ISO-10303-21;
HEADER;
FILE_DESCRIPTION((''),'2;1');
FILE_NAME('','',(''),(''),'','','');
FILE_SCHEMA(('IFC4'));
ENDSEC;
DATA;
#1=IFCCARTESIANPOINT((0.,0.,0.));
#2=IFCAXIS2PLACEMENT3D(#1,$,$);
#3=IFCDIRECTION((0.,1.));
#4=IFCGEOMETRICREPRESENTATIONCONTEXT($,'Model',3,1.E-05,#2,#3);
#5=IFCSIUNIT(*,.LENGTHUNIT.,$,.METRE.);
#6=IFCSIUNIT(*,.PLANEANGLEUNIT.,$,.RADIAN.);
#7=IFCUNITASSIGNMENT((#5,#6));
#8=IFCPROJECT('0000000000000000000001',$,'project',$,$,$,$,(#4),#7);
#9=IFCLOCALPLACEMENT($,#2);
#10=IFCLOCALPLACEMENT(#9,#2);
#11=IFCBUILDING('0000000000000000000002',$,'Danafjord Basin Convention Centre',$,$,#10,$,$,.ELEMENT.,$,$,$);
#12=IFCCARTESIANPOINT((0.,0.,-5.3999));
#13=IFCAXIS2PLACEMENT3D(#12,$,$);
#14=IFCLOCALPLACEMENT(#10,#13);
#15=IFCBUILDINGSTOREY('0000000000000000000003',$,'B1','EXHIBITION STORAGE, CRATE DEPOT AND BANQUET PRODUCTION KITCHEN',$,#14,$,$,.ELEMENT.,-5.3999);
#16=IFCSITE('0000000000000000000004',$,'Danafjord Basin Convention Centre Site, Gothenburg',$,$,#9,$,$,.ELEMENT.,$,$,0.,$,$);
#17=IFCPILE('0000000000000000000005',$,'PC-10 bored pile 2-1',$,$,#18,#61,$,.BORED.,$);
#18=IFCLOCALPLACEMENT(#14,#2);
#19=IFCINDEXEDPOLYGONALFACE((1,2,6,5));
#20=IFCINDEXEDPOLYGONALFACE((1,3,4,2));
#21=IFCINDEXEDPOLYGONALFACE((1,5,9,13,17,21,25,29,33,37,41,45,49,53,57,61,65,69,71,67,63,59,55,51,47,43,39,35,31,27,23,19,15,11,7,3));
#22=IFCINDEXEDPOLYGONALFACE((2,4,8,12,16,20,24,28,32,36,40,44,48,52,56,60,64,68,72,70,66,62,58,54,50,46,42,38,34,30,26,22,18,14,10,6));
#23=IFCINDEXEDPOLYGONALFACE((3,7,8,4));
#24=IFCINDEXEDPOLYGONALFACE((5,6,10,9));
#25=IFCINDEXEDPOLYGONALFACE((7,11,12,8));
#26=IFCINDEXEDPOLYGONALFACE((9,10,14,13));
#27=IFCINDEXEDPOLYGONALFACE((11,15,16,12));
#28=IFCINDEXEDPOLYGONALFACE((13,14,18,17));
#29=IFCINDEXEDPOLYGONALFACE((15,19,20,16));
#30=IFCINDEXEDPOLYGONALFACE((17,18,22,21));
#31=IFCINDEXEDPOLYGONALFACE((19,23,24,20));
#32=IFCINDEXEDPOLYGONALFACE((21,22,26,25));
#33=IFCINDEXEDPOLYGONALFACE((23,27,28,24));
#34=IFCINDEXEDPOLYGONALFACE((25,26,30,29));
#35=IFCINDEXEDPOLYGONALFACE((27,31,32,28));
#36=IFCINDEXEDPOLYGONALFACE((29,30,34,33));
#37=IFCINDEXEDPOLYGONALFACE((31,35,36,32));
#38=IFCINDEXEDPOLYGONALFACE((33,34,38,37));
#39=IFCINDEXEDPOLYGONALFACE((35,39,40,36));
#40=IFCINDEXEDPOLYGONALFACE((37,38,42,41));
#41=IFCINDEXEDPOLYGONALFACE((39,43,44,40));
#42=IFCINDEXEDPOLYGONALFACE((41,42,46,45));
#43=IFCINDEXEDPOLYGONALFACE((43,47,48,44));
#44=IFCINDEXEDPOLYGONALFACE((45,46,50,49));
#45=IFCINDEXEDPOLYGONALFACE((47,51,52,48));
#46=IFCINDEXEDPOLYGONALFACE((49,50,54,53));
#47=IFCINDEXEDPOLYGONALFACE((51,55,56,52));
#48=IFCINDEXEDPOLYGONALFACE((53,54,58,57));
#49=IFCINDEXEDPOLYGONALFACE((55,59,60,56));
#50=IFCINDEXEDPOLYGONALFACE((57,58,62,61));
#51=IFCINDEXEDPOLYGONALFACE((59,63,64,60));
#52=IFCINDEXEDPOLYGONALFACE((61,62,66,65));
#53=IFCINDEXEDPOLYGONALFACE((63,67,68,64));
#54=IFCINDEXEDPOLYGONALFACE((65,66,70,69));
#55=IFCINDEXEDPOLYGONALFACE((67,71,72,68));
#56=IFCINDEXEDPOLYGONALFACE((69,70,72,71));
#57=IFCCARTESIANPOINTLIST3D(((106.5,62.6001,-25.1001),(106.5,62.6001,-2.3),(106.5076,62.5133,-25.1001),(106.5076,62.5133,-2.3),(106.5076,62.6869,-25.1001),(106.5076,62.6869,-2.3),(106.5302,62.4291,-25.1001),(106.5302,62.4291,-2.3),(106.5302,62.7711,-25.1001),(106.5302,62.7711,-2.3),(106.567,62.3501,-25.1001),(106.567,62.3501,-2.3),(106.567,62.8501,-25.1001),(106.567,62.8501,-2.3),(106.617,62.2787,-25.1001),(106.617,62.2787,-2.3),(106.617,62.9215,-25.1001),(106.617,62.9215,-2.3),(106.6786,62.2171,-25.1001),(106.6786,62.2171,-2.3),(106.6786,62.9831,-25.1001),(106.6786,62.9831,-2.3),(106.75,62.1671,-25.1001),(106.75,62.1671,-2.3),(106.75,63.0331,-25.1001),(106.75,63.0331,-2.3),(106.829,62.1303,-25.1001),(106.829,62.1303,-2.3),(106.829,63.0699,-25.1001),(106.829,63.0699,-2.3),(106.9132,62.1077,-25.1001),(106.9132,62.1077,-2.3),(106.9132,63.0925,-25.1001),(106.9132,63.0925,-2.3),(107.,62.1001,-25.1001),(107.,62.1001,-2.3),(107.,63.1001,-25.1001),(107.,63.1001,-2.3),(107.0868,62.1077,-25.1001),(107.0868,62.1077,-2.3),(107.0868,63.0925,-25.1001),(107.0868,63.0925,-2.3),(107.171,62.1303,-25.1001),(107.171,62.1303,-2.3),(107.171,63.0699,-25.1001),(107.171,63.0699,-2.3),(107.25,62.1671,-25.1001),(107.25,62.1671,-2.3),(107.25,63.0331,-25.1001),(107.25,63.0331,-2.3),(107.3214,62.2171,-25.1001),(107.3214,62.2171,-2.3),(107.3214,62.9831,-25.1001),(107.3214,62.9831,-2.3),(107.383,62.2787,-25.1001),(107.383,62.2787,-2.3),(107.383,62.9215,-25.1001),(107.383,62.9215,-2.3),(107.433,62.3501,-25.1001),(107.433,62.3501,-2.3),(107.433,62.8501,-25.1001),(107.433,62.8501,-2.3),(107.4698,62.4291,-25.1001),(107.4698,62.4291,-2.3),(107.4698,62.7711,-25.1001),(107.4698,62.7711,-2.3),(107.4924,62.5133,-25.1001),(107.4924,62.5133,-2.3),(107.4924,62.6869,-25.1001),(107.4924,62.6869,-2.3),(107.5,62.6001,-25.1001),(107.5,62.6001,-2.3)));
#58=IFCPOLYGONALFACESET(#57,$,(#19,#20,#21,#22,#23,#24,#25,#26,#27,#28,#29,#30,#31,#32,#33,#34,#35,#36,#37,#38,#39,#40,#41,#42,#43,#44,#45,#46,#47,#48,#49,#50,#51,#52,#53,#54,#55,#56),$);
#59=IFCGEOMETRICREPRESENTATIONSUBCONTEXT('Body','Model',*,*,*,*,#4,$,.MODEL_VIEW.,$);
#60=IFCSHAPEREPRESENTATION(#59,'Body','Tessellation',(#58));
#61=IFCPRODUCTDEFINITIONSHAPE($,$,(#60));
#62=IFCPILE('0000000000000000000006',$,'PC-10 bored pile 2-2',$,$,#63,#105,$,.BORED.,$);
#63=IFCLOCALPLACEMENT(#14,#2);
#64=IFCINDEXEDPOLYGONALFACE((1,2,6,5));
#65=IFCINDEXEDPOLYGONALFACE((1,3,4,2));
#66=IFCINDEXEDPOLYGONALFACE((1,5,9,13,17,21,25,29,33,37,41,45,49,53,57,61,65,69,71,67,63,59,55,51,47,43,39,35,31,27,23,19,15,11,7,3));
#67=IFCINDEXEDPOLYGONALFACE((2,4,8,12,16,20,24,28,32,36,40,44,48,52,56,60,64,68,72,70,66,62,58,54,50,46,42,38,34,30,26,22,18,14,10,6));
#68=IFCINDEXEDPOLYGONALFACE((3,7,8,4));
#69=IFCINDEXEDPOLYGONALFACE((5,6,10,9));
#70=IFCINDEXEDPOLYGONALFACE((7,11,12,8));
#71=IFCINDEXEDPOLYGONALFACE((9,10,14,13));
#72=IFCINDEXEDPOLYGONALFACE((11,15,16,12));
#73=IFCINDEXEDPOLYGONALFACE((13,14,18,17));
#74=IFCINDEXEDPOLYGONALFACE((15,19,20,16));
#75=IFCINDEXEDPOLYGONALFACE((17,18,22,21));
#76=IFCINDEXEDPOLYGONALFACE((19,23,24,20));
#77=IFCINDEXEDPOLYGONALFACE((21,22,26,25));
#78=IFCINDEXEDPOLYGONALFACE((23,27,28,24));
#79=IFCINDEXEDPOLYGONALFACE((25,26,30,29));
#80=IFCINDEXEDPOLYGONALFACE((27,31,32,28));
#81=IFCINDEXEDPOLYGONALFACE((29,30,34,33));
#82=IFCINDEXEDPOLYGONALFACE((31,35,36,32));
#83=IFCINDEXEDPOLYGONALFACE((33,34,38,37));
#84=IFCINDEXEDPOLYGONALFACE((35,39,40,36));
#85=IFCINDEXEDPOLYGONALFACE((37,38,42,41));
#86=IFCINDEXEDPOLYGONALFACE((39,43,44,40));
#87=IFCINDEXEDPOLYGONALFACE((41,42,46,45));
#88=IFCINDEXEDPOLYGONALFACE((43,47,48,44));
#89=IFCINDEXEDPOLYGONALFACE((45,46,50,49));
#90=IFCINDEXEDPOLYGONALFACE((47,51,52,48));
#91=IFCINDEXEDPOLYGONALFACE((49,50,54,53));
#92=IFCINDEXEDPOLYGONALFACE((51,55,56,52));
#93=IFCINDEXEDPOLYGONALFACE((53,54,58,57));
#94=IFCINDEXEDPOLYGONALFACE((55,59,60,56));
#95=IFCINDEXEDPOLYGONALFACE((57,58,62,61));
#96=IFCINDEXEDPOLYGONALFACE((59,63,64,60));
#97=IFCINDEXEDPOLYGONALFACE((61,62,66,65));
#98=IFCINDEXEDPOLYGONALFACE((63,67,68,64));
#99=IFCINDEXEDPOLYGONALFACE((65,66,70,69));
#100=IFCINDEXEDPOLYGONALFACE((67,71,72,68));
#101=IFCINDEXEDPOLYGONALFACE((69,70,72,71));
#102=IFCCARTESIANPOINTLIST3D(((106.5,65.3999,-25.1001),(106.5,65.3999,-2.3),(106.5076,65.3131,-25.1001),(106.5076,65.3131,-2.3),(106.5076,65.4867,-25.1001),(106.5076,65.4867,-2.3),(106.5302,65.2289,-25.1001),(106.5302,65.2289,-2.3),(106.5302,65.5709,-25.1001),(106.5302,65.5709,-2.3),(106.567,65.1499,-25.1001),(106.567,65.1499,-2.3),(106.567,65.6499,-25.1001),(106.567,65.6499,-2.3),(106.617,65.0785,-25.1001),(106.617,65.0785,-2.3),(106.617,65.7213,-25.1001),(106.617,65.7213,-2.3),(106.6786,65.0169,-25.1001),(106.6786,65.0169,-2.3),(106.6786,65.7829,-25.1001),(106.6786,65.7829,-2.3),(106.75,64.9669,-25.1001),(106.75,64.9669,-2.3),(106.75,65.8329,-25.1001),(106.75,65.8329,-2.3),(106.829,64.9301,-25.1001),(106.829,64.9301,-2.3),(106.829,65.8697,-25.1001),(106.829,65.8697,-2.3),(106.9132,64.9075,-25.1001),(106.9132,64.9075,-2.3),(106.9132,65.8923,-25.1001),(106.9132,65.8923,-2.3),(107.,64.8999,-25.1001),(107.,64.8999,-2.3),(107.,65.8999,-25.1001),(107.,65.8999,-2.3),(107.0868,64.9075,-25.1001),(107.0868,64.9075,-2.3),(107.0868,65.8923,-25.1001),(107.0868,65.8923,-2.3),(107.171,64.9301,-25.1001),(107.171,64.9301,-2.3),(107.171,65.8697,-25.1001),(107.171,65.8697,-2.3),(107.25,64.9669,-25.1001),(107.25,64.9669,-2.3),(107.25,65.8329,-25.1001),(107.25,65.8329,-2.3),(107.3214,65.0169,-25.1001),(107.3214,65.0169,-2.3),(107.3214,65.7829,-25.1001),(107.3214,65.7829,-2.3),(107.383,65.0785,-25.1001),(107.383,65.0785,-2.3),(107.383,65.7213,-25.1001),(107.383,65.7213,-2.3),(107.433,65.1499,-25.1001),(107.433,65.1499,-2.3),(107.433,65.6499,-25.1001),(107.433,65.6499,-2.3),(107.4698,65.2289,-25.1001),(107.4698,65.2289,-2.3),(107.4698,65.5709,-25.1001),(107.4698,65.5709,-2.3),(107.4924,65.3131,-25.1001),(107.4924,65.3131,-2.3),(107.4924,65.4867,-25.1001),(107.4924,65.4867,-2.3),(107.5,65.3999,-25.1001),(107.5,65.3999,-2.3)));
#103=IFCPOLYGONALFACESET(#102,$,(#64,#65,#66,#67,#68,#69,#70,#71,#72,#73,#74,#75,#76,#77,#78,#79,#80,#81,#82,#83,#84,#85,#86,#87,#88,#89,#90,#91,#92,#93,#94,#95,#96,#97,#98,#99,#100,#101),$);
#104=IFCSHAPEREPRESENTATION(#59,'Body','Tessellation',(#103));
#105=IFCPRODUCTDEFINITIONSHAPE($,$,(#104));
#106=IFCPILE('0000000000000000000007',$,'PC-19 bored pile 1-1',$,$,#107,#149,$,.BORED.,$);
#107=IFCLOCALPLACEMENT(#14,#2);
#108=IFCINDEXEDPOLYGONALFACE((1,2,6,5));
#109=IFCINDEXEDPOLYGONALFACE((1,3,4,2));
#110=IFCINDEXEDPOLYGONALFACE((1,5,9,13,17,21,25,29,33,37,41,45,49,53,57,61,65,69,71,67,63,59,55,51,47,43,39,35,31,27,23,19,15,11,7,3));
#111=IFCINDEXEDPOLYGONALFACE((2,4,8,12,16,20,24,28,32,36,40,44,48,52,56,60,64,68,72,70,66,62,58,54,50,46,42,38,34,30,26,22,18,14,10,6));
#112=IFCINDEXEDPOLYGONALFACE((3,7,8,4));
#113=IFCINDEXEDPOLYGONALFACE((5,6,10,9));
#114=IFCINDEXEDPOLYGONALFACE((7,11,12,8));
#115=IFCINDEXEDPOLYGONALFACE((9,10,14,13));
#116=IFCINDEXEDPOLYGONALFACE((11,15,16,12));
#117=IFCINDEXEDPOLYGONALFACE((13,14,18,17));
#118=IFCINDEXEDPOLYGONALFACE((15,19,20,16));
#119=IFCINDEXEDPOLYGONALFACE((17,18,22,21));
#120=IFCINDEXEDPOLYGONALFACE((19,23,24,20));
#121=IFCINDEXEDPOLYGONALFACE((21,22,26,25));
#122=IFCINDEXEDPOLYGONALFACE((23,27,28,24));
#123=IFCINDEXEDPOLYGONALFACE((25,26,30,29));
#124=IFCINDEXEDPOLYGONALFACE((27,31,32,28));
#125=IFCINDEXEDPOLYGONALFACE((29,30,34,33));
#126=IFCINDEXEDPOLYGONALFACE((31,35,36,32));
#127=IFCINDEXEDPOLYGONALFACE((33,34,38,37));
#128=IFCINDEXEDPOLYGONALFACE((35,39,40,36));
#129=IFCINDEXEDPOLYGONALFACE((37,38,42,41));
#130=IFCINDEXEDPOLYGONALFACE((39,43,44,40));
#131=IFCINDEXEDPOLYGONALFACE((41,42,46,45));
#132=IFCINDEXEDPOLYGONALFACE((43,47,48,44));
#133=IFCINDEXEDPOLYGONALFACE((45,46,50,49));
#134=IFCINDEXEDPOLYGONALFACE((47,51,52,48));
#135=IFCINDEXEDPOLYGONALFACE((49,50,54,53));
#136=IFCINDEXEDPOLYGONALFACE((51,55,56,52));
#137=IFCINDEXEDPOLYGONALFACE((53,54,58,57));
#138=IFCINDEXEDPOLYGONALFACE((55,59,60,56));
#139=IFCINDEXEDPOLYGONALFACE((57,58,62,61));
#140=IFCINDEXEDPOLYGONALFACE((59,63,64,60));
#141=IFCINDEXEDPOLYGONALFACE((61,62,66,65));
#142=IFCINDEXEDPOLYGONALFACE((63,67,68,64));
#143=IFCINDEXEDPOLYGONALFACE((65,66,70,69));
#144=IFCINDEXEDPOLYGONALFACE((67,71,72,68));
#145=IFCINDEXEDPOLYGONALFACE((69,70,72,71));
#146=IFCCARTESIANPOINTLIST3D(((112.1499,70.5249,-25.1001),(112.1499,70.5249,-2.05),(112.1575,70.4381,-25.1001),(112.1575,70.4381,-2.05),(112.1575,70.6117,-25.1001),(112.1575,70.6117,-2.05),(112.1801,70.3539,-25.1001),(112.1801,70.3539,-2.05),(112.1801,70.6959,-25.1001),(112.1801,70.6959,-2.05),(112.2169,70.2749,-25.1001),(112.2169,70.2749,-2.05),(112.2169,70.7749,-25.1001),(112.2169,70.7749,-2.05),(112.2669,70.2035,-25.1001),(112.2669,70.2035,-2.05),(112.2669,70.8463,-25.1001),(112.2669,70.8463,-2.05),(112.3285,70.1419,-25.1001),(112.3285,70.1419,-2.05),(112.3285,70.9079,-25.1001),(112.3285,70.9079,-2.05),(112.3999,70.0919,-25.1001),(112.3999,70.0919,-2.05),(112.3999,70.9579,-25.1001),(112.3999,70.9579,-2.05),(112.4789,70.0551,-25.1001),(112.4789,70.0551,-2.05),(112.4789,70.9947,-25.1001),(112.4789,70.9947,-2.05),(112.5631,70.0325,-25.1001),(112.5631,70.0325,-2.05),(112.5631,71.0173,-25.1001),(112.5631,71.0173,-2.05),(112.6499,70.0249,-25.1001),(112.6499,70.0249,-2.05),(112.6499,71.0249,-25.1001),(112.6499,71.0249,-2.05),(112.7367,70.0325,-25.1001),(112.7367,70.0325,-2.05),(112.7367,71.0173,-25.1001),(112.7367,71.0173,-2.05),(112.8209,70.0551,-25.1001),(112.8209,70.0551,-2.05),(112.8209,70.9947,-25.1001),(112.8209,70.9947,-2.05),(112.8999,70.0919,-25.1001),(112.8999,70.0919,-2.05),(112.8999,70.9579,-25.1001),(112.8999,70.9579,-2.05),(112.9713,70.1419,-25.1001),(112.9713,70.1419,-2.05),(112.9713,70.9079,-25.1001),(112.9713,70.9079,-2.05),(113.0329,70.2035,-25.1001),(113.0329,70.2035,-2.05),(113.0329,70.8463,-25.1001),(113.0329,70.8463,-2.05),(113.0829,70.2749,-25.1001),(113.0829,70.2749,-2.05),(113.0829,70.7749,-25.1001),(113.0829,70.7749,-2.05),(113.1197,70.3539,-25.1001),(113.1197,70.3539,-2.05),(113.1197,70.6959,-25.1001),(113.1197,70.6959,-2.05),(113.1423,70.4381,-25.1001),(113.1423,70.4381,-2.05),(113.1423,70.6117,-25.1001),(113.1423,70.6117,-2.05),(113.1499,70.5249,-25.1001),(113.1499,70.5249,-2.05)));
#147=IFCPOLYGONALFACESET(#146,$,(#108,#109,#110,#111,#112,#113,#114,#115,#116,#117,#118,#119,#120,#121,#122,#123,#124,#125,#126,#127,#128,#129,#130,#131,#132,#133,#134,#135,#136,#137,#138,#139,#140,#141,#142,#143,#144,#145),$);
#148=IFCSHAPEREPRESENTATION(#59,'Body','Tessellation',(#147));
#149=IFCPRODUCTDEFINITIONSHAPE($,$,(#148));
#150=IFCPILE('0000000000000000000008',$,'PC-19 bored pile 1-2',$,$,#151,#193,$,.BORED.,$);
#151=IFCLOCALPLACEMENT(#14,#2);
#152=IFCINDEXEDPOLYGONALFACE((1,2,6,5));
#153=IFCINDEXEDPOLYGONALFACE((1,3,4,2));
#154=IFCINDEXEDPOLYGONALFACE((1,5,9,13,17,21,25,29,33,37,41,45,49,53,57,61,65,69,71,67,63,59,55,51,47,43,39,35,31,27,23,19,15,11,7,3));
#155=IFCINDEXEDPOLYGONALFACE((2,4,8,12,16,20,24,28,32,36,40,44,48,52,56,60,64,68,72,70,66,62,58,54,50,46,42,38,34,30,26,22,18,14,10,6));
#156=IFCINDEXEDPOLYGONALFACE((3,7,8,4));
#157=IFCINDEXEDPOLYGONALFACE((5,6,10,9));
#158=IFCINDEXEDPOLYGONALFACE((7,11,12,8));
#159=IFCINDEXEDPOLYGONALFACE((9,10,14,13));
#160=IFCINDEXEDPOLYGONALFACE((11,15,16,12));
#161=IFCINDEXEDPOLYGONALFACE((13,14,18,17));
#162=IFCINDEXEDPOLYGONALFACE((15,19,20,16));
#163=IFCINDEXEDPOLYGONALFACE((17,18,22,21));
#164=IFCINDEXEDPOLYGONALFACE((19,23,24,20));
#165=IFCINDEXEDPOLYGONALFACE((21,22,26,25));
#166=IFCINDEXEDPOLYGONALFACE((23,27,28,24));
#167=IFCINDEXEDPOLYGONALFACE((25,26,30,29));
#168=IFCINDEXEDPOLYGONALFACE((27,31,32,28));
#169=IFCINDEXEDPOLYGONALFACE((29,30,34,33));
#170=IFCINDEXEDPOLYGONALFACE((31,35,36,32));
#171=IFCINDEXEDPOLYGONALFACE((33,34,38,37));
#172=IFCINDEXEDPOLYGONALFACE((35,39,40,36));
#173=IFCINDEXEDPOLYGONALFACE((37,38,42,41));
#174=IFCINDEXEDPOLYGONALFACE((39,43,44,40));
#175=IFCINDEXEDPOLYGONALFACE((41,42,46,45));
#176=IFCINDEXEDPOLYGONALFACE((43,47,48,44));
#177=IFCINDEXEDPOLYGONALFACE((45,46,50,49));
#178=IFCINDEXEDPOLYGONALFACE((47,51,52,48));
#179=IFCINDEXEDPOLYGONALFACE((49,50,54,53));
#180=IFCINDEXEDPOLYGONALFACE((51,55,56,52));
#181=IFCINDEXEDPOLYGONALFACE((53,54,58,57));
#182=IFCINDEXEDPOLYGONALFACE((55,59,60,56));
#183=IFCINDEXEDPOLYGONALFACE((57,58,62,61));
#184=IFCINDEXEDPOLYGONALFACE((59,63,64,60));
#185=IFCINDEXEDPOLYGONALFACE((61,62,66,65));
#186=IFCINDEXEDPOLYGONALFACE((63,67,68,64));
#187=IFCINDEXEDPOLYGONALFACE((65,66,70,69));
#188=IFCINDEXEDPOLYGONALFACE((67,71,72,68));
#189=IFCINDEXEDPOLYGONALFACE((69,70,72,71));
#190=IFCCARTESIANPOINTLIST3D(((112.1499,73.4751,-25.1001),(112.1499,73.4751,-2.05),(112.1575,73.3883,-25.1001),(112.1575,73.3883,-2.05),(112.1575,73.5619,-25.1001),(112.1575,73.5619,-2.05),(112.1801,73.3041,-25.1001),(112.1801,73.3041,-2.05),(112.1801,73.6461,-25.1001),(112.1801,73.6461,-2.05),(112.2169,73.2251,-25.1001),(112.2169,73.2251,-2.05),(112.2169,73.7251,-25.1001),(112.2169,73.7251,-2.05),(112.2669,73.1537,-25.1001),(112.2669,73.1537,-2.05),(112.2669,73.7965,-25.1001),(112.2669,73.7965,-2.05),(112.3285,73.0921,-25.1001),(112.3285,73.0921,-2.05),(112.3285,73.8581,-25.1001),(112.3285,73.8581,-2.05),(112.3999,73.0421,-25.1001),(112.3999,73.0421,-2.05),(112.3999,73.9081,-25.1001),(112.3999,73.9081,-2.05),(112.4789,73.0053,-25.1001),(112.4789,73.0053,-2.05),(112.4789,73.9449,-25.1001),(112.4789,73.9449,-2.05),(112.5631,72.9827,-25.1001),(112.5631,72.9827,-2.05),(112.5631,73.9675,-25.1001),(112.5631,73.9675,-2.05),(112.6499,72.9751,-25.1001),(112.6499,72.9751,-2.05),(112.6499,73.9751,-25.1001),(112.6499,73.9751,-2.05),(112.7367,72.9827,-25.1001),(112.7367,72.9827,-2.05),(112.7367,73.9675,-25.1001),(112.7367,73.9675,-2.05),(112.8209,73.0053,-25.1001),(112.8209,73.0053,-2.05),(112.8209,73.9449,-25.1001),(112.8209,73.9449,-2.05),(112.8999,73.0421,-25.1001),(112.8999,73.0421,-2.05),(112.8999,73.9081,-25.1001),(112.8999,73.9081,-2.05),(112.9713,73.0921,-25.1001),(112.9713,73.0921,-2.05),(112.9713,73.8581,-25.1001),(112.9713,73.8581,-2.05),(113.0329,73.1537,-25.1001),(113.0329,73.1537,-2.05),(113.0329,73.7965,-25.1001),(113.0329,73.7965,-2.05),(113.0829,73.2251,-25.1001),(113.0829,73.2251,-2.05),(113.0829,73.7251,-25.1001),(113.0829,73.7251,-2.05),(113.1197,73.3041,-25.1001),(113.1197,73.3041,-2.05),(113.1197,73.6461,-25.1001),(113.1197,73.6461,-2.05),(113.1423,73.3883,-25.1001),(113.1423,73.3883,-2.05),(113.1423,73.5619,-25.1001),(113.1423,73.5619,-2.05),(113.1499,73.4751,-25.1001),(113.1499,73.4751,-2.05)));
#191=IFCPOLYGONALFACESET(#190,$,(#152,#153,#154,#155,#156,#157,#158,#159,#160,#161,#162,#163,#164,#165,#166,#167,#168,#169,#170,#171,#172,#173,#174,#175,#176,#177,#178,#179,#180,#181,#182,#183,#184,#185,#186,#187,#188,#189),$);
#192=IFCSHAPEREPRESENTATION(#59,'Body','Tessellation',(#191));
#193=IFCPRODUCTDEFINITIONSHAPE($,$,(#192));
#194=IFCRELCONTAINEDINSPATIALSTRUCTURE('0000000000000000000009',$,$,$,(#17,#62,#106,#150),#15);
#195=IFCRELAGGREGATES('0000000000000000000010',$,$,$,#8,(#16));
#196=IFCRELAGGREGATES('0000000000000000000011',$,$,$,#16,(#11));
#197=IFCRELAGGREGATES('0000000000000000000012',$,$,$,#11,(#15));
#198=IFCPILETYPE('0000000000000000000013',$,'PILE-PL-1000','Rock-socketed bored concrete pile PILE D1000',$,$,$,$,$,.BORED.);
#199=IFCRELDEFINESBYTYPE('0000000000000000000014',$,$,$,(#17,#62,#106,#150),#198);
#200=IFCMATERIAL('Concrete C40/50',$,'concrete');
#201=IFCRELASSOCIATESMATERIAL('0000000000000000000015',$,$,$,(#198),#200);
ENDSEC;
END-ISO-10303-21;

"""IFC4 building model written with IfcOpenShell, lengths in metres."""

from ifc_helpers import new_model, si_unit, direction, frame, origin, origin_2d, place, context, subcontext, project, spatial, circle, extrude, material, material_profile, profile_set, type_object, element, save


model = new_model("IFC4")

# Units and contexts
model_context = context("Model", 3, precision=1e-05, world=origin(), true_north=direction((0.0, 1.0)))
body_context = subcontext(model_context, "Body", "Model", "MODEL_VIEW")
ifc_project = project(units=[si_unit("LENGTHUNIT", "METRE"), si_unit("PLANEANGLEUNIT", "RADIAN")], contexts=[model_context])

# Site, building, storey
site_placement = place(None, origin())
site = spatial("IfcSite", under=ifc_project, at=site_placement, Name="Danafjord Basin Convention Centre Site, Gothenburg", CompositionType="ELEMENT", RefElevation=0.0)
building_placement = place(site_placement, origin())
building = spatial("IfcBuilding", under=site, at=building_placement, Name="Danafjord Basin Convention Centre", CompositionType="ELEMENT")
storey_placement = place(building_placement, frame((0.0, 0.0, -5.3999)))
storey = spatial("IfcBuildingStorey", under=building, at=storey_placement, Name="B1", Description="EXHIBITION STORAGE, CRATE DEPOT AND BANQUET PRODUCTION KITCHEN", CompositionType="ELEMENT", Elevation=-5.3999)

# Shared definitions
ifc_material_1 = material(Name="Concrete C40/50", Category="concrete")

# Piles
ifc_material_profile_1 = material_profile(ifc_material_1, circle(Radius=0.5, at=origin_2d()), Name="PILE D1000")
ifc_profile_set_1 = profile_set([ifc_material_profile_1], Name="Concrete C40/50")
pile_type_1 = type_object("IfcPileType", Name="PILE-PL-1000", Description="Rock-socketed bored concrete pile PILE D1000", PredefinedType="BORED", material=ifc_profile_set_1)
for number, where, z_axis, x_axis, name in (
    (1, (107.0, 62.6001, -2.3), (0.0, 0.0, -1.0), (1.0, 0.0, 0.0), "PC-10 bored pile 2-1"),
    (2, (107.0, 65.3999, -2.3), (0.0, 0.0, -1.0), (1.0, 0.0, 0.0), "PC-10 bored pile 2-2"),
):
    element("IfcPile", number, at=place(storey_placement, frame(where, z_axis=z_axis, x_axis=x_axis)), inside=storey, type_object=pile_type_1, Name=name, PredefinedType="BORED", context=body_context, shape_type="SweptSolid", body=[
        extrude(circle(Radius=0.5, at=origin_2d()), origin(), (0.0, 0.0, 1.0), 22.8),
    ])
for number, where, z_axis, x_axis, name in (
    (3, (112.6499, 70.5249, -2.05), (0.0, 0.0, -1.0), (1.0, 0.0, 0.0), "PC-19 bored pile 1-1"),
    (4, (112.6499, 73.4751, -2.05), (0.0, 0.0, -1.0), (1.0, 0.0, 0.0), "PC-19 bored pile 1-2"),
):
    element("IfcPile", number, at=place(storey_placement, frame(where, z_axis=z_axis, x_axis=x_axis)), inside=storey, type_object=pile_type_1, Name=name, PredefinedType="BORED", context=body_context, shape_type="SweptSolid", body=[
        extrude(circle(Radius=0.5, at=origin_2d()), origin(), (0.0, 0.0, 1.0), 23.05),
    ])

save(model, "model.ifc")
